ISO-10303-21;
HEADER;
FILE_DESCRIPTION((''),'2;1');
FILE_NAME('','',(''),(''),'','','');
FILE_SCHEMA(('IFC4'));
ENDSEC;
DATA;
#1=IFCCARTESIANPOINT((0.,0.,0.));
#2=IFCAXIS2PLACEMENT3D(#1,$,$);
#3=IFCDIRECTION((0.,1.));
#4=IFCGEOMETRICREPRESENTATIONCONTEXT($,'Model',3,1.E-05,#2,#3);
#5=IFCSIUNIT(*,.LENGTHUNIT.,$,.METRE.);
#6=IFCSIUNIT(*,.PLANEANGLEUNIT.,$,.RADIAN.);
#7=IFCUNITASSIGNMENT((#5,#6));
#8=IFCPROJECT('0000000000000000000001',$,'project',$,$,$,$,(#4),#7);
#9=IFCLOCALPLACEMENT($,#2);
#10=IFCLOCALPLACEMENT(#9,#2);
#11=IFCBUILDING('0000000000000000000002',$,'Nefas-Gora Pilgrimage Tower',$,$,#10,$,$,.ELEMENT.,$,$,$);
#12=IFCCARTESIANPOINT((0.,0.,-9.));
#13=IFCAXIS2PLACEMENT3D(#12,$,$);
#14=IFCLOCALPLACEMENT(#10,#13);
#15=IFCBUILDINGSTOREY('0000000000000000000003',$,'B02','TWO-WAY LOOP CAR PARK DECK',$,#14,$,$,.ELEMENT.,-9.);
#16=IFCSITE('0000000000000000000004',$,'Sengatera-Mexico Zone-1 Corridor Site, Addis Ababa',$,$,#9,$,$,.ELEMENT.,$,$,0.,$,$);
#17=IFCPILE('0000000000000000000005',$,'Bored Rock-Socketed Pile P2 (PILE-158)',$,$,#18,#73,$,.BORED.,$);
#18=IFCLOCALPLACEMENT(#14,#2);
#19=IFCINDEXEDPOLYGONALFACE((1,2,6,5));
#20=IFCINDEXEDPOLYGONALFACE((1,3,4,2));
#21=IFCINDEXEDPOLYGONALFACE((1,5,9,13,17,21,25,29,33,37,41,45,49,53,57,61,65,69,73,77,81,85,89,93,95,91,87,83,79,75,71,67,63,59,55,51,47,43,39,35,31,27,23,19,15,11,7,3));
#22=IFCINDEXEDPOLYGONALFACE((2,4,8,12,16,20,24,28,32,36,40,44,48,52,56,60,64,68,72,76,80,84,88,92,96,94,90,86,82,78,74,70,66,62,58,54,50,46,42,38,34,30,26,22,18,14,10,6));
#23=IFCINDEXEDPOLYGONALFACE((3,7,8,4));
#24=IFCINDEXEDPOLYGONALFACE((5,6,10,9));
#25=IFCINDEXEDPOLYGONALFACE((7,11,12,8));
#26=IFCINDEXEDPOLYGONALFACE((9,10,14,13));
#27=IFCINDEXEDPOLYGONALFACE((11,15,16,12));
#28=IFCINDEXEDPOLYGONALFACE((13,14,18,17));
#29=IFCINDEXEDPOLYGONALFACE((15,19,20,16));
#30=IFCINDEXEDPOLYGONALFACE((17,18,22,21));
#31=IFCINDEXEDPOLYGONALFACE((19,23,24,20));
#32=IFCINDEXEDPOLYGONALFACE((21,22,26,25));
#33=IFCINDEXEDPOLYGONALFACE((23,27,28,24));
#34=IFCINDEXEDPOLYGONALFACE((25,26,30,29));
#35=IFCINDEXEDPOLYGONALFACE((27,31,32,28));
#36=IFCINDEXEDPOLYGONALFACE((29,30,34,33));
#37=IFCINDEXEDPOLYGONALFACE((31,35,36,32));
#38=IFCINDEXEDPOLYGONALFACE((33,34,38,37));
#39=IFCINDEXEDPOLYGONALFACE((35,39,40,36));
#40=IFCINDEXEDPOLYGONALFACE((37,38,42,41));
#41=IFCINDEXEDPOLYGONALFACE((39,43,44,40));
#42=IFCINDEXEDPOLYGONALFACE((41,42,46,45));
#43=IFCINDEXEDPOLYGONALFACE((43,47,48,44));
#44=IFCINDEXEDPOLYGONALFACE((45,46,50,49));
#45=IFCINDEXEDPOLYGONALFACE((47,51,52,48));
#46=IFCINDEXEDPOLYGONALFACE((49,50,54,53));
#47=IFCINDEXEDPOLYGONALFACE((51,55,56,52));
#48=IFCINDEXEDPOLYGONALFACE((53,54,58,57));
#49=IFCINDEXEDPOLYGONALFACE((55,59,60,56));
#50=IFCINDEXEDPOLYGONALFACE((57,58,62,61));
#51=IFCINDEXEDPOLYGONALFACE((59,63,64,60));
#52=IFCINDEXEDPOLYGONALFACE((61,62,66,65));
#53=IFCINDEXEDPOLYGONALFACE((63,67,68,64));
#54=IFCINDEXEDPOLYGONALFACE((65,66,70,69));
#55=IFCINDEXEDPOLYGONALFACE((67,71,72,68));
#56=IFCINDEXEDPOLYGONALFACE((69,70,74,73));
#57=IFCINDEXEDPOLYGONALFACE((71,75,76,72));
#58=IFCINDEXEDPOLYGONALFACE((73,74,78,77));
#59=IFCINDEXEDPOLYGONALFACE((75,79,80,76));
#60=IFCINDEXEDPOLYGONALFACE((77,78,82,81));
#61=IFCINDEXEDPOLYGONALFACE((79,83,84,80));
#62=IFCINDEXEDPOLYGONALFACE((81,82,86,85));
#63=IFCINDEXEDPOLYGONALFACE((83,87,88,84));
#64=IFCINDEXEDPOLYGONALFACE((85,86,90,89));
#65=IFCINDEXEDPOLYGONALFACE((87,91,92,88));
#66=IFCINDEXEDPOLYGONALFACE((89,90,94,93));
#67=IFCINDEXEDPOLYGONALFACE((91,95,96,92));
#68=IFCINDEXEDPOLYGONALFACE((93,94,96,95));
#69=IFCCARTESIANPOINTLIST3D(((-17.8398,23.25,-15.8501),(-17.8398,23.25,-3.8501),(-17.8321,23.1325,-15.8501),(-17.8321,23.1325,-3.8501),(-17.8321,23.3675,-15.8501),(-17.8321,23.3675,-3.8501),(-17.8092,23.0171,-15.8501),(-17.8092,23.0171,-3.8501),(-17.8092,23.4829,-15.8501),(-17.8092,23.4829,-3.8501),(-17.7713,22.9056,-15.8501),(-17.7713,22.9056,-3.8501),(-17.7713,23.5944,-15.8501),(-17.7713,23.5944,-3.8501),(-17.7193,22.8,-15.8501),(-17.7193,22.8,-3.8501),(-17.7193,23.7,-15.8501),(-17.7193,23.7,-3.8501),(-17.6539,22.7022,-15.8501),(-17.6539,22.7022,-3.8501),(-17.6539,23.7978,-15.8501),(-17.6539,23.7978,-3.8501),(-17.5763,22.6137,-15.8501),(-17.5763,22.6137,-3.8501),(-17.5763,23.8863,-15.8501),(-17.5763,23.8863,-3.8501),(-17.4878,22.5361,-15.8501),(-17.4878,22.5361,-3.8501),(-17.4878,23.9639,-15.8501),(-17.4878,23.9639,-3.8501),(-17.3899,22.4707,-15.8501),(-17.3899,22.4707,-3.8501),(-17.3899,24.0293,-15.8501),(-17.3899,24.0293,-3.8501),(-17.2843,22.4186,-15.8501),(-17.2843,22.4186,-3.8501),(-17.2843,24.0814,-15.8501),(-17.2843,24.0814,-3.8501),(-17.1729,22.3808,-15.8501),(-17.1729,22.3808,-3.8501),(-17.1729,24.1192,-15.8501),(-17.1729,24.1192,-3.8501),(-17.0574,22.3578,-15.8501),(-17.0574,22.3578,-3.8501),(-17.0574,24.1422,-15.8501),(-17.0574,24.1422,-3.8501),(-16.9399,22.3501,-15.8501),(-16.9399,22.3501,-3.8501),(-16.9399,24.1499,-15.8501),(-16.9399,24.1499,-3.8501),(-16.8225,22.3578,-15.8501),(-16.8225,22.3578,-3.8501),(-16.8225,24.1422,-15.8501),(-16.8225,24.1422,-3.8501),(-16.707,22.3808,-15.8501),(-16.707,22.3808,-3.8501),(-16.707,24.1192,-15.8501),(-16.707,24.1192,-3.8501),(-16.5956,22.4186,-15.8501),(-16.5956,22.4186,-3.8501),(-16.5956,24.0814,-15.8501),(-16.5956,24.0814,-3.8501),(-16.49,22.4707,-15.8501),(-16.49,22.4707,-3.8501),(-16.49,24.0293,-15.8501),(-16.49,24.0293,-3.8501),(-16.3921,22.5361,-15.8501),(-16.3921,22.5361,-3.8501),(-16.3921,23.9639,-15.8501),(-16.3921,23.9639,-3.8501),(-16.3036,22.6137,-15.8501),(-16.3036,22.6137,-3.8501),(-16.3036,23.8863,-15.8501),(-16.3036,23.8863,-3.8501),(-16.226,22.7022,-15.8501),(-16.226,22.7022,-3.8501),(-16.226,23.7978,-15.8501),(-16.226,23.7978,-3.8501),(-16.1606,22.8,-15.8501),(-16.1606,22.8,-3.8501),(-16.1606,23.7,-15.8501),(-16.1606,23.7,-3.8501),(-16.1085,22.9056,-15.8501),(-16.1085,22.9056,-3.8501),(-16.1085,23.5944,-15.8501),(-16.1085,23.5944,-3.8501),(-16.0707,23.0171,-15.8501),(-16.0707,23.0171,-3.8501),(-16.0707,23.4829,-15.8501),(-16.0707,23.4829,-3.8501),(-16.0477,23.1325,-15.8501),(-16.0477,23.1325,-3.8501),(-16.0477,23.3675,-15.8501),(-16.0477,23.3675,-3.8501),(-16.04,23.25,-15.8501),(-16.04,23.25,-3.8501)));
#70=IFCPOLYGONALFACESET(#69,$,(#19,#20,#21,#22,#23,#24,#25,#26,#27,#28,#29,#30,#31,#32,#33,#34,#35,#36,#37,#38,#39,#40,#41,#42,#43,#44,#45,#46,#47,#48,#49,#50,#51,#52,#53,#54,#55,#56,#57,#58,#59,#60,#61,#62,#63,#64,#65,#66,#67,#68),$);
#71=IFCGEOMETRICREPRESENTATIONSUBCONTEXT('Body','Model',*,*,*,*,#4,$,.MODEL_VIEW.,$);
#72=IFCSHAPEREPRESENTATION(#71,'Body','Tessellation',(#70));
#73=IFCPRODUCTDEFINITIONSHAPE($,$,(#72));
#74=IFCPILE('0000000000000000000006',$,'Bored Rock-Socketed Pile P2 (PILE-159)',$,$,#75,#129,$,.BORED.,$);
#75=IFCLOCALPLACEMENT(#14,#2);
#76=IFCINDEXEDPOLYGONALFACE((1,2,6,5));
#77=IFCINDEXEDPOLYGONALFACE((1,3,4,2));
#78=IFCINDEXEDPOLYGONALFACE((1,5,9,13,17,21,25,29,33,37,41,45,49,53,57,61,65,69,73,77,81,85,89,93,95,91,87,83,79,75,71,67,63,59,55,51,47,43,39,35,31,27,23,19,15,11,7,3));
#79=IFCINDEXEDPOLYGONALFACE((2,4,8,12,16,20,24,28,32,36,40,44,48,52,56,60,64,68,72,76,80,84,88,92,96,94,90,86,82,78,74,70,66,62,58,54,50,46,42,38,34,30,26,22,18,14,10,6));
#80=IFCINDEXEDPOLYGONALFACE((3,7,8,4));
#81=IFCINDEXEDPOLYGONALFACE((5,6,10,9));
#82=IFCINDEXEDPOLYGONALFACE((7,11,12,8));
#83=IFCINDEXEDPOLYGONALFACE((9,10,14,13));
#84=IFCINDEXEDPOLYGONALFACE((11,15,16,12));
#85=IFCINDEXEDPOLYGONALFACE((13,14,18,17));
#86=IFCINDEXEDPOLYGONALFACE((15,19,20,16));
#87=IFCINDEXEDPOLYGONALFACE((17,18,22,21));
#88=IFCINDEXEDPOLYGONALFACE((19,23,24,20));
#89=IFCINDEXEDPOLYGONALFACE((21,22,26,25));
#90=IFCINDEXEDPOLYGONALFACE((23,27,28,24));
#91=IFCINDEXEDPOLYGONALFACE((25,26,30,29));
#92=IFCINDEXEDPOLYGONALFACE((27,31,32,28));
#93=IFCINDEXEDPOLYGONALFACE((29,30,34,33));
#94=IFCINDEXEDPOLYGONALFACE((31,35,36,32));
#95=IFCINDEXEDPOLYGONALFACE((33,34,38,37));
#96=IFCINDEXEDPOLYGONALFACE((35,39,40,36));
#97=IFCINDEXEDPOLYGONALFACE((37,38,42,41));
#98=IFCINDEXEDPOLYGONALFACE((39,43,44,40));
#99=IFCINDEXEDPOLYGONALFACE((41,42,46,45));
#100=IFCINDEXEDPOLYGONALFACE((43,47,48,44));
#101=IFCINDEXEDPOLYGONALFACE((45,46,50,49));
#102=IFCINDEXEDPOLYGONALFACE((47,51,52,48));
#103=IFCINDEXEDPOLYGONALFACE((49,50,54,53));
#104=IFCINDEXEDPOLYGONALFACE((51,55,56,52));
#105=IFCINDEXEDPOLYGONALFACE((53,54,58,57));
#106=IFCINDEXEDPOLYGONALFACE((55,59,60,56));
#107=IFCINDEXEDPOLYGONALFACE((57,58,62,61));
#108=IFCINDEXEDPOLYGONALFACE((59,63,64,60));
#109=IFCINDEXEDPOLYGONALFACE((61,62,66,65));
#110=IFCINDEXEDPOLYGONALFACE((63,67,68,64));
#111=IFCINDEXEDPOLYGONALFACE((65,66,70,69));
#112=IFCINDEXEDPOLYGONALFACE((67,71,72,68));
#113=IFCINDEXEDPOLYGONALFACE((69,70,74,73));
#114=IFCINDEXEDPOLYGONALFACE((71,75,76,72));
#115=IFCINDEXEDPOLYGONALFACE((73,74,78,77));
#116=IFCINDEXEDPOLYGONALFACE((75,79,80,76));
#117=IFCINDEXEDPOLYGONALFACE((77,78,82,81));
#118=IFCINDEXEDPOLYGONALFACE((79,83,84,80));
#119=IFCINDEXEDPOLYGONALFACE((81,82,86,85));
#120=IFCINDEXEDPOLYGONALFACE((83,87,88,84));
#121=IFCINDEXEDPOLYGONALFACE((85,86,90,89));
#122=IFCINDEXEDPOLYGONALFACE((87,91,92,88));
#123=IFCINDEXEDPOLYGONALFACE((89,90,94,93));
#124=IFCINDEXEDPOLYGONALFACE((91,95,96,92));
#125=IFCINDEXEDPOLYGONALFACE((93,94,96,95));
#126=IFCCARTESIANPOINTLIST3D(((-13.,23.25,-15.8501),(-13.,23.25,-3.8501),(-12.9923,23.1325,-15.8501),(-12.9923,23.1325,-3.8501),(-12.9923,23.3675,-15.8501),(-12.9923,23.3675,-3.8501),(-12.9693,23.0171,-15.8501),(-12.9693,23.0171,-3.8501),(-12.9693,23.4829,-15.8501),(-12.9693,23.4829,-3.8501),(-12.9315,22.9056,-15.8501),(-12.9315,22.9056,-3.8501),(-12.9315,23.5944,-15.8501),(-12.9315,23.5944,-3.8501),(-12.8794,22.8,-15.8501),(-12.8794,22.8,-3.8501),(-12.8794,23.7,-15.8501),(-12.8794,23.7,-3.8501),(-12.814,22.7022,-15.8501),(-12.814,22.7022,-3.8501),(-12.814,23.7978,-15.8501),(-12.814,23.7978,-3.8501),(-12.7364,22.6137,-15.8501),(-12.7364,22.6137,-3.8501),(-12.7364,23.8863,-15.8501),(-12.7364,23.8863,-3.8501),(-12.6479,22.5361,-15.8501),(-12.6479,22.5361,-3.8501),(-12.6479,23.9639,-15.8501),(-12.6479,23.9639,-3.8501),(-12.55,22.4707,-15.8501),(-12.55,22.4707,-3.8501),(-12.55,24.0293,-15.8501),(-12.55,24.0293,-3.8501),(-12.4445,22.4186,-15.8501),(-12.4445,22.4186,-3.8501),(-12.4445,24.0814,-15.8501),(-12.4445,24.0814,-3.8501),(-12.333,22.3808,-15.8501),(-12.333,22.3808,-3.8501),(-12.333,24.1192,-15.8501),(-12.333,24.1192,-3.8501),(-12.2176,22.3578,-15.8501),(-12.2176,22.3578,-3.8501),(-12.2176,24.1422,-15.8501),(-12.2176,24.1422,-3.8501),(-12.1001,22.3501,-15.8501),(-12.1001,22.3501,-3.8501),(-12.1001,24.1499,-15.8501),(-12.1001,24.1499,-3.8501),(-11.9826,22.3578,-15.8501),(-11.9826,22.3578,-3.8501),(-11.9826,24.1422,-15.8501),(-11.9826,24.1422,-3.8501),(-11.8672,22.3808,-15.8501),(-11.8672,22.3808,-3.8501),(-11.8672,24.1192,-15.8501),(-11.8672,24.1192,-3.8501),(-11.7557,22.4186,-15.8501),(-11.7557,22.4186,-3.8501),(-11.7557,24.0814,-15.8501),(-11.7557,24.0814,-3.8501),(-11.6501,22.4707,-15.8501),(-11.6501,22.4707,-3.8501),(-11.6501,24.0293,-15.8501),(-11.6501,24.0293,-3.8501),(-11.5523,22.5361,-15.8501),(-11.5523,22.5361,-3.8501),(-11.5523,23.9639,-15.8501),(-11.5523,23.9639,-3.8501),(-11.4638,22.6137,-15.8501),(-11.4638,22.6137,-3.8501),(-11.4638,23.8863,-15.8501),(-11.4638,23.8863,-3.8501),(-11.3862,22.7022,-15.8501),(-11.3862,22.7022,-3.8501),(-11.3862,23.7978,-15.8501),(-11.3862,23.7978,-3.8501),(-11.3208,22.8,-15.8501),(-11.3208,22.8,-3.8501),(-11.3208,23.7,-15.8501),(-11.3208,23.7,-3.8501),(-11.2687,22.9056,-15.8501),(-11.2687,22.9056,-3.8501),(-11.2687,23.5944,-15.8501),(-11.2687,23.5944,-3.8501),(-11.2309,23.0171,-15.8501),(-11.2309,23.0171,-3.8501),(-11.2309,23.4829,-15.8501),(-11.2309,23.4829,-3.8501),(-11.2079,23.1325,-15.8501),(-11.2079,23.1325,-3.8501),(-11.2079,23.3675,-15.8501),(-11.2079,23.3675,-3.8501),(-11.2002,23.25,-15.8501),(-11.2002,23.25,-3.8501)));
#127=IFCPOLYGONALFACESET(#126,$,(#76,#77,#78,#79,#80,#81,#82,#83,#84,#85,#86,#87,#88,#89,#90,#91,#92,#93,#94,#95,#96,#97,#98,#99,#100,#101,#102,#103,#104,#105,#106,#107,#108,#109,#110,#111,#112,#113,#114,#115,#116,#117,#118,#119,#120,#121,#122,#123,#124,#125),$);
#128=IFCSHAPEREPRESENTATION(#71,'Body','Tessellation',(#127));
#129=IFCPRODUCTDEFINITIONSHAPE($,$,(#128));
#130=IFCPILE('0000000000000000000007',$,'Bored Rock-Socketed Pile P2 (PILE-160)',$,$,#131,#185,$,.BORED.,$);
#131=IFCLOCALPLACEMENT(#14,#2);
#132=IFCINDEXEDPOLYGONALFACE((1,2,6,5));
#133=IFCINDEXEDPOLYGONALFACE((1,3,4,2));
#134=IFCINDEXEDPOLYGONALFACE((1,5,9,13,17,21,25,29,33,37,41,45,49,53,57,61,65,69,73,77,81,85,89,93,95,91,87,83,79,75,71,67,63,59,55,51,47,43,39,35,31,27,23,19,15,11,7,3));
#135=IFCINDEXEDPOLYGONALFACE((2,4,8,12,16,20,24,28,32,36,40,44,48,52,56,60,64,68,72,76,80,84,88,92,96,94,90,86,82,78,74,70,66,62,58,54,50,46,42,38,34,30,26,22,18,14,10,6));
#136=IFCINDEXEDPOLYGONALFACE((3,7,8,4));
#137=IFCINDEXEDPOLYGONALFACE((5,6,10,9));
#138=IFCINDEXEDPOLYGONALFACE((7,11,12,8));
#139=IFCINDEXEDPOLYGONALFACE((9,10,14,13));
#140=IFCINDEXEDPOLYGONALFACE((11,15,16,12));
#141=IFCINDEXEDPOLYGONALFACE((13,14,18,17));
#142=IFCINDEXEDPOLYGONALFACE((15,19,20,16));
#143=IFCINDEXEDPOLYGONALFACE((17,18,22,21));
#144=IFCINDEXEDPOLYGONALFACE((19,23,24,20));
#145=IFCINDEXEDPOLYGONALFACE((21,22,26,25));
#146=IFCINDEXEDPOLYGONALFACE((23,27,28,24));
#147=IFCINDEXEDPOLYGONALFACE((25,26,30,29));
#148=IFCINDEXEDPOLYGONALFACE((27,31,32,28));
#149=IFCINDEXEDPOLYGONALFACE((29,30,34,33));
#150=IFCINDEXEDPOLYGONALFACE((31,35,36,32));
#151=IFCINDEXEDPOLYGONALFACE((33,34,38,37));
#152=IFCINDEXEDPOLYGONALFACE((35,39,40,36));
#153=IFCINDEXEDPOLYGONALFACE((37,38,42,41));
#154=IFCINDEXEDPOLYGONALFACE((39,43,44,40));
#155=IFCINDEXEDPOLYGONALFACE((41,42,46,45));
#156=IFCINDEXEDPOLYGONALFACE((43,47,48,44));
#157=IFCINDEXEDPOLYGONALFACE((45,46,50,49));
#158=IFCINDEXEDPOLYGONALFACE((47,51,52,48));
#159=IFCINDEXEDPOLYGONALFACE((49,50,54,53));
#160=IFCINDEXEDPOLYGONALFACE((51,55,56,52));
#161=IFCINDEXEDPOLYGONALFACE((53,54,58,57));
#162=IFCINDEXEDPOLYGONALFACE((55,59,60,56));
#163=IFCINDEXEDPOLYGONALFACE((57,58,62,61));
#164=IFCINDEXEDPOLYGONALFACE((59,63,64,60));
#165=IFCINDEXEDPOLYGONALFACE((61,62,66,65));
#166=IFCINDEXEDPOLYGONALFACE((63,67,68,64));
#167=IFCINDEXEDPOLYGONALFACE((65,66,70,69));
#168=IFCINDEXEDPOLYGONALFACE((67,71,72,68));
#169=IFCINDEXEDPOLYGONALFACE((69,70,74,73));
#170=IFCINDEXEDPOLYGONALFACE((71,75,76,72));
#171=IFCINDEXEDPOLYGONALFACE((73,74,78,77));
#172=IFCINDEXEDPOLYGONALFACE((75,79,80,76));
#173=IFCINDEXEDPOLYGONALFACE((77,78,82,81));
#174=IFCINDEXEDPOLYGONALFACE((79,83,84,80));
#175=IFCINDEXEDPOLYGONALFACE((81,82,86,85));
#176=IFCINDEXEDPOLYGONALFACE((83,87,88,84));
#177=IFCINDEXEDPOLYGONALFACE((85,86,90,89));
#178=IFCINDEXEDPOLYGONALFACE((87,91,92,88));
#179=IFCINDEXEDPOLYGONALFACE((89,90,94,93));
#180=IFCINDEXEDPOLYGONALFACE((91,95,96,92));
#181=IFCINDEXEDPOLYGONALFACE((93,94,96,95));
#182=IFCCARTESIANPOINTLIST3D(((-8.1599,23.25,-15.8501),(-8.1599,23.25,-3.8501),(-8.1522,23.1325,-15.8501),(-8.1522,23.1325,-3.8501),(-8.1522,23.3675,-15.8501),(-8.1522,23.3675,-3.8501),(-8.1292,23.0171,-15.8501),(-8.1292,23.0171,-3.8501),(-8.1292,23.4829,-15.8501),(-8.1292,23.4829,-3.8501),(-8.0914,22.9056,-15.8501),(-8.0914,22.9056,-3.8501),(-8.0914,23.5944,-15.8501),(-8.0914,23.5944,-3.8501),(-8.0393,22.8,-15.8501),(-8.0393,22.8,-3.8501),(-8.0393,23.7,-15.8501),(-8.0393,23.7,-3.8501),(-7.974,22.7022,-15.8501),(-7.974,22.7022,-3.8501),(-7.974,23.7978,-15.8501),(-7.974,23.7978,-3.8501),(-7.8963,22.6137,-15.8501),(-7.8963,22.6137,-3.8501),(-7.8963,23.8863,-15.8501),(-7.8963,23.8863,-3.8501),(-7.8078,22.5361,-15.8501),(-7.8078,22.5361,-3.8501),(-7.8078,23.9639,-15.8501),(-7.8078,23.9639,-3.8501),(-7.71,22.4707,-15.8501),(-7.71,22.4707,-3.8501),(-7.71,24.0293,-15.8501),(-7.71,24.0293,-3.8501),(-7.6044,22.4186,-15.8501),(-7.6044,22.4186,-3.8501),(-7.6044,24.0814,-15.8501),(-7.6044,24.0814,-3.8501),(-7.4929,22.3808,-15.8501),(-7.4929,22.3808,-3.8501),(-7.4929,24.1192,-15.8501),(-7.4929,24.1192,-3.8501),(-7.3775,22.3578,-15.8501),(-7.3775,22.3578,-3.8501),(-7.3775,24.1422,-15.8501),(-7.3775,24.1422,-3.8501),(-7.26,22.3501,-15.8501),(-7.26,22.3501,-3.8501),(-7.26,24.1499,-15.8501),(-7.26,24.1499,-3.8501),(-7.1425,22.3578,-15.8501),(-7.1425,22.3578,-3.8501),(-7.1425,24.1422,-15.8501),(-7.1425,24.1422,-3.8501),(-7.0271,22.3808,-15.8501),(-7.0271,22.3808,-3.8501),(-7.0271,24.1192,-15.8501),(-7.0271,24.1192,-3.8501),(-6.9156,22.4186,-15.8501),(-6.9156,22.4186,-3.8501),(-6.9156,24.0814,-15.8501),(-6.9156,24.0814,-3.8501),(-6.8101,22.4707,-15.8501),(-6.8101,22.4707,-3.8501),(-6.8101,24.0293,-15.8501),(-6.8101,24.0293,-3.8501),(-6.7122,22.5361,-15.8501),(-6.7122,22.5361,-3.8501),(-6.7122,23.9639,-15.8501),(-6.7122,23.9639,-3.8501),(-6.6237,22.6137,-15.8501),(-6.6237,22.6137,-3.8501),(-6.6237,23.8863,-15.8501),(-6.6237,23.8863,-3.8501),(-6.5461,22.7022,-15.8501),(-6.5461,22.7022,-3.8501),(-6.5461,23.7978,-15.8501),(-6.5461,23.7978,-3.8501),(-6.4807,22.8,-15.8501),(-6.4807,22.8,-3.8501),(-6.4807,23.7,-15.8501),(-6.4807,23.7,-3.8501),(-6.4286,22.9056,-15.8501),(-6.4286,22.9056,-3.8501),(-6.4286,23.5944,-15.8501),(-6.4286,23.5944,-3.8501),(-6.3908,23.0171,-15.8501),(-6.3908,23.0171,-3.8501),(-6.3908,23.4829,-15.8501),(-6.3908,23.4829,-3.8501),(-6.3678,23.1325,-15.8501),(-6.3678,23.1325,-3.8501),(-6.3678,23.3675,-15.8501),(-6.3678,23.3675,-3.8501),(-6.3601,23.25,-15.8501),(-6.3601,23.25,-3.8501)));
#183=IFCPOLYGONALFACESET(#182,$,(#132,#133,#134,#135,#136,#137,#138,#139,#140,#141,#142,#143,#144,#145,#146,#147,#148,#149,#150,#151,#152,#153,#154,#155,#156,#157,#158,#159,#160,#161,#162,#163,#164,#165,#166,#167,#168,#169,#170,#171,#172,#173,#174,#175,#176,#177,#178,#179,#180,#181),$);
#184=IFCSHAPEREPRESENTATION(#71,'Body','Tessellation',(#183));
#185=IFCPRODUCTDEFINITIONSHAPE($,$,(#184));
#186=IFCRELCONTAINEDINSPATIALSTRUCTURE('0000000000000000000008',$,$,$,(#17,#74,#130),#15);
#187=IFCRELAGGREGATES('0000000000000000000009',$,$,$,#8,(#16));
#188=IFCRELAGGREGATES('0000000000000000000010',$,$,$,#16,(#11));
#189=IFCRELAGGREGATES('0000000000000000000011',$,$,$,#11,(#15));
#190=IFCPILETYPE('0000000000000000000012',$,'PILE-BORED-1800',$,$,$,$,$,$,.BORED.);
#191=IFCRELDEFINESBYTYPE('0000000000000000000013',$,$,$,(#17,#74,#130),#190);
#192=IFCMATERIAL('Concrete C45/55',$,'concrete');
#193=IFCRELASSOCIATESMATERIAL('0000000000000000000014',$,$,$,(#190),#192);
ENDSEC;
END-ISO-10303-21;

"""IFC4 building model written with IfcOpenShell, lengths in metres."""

from ifc_helpers import new_model, si_unit, direction, frame, origin, origin_2d, place, context, subcontext, project, spatial, circle, extrude, source, transform, mapped, material, material_profile, profile_set, type_object, element, save


model = new_model("IFC4")

# Units and contexts
model_context = context("Model", 3, precision=1e-05, world=origin(), true_north=direction((0.0, 1.0)))
body_context = subcontext(model_context, "Body", "Model", "MODEL_VIEW")
ifc_project = project(units=[si_unit("LENGTHUNIT", "METRE"), si_unit("PLANEANGLEUNIT", "RADIAN")], contexts=[model_context])

# Site, building, storey
site_placement = place(None, origin())
site = spatial("IfcSite", under=ifc_project, at=site_placement, Name="Sengatera-Mexico Zone-1 Corridor Site, Addis Ababa", CompositionType="ELEMENT", RefElevation=0.0)
building_placement = place(site_placement, origin())
building = spatial("IfcBuilding", under=site, at=building_placement, Name="Nefas-Gora Pilgrimage Tower", CompositionType="ELEMENT")
storey_placement = place(building_placement, frame((0.0, 0.0, -9.0)))
storey = spatial("IfcBuildingStorey", under=building, at=storey_placement, Name="B02", Description="TWO-WAY LOOP CAR PARK DECK", CompositionType="ELEMENT", Elevation=-9.0)

# Piles
ifc_material_1 = material(Name="Concrete C45/55", Category="concrete")
ifc_material_profile_1 = material_profile(ifc_material_1, circle(Radius=0.8999, at=origin_2d()), Name="PILE D1800")
ifc_profile_set_1 = profile_set([ifc_material_profile_1], Name="Concrete C45/55")
pile_type_1 = type_object("IfcPileType", Name="PILE-BORED-1800", PredefinedType="BORED", material=ifc_profile_set_1)
shared_shape_1 = source(origin(), body_context, "Body", "SweptSolid", [
    extrude(circle(Radius=0.8999, at=origin_2d()), origin(), (0.0, 0.0, 1.0), 12.0),
])
for number, where, z_axis, x_axis, name in (
    (1, (-16.9399, 23.25, -3.8501), (0.0, 0.0, -1.0), (1.0, 0.0, 0.0), "Bored Rock-Socketed Pile P2 (PILE-158)"),
    (2, (-12.1001, 23.25, -3.8501), (0.0, 0.0, -1.0), (1.0, 0.0, 0.0), "Bored Rock-Socketed Pile P2 (PILE-159)"),
    (3, (-7.26, 23.25, -3.8501), (0.0, 0.0, -1.0), (1.0, 0.0, 0.0), "Bored Rock-Socketed Pile P2 (PILE-160)"),
):
    element("IfcPile", number, at=place(storey_placement, frame(where, z_axis=z_axis, x_axis=x_axis)), inside=storey, type_object=pile_type_1, Name=name, PredefinedType="BORED", context=body_context, shape_type="MappedRepresentation", body=[
        mapped(shared_shape_1, transform((0.0, 0.0, 0.0), x_axis=(1.0, 0.0, 0.0), y_axis=(0.0, 1.0, 0.0), z_axis=(0.0, 0.0, 1.0), scale=1.0)),
    ])

save(model, "model.ifc")
